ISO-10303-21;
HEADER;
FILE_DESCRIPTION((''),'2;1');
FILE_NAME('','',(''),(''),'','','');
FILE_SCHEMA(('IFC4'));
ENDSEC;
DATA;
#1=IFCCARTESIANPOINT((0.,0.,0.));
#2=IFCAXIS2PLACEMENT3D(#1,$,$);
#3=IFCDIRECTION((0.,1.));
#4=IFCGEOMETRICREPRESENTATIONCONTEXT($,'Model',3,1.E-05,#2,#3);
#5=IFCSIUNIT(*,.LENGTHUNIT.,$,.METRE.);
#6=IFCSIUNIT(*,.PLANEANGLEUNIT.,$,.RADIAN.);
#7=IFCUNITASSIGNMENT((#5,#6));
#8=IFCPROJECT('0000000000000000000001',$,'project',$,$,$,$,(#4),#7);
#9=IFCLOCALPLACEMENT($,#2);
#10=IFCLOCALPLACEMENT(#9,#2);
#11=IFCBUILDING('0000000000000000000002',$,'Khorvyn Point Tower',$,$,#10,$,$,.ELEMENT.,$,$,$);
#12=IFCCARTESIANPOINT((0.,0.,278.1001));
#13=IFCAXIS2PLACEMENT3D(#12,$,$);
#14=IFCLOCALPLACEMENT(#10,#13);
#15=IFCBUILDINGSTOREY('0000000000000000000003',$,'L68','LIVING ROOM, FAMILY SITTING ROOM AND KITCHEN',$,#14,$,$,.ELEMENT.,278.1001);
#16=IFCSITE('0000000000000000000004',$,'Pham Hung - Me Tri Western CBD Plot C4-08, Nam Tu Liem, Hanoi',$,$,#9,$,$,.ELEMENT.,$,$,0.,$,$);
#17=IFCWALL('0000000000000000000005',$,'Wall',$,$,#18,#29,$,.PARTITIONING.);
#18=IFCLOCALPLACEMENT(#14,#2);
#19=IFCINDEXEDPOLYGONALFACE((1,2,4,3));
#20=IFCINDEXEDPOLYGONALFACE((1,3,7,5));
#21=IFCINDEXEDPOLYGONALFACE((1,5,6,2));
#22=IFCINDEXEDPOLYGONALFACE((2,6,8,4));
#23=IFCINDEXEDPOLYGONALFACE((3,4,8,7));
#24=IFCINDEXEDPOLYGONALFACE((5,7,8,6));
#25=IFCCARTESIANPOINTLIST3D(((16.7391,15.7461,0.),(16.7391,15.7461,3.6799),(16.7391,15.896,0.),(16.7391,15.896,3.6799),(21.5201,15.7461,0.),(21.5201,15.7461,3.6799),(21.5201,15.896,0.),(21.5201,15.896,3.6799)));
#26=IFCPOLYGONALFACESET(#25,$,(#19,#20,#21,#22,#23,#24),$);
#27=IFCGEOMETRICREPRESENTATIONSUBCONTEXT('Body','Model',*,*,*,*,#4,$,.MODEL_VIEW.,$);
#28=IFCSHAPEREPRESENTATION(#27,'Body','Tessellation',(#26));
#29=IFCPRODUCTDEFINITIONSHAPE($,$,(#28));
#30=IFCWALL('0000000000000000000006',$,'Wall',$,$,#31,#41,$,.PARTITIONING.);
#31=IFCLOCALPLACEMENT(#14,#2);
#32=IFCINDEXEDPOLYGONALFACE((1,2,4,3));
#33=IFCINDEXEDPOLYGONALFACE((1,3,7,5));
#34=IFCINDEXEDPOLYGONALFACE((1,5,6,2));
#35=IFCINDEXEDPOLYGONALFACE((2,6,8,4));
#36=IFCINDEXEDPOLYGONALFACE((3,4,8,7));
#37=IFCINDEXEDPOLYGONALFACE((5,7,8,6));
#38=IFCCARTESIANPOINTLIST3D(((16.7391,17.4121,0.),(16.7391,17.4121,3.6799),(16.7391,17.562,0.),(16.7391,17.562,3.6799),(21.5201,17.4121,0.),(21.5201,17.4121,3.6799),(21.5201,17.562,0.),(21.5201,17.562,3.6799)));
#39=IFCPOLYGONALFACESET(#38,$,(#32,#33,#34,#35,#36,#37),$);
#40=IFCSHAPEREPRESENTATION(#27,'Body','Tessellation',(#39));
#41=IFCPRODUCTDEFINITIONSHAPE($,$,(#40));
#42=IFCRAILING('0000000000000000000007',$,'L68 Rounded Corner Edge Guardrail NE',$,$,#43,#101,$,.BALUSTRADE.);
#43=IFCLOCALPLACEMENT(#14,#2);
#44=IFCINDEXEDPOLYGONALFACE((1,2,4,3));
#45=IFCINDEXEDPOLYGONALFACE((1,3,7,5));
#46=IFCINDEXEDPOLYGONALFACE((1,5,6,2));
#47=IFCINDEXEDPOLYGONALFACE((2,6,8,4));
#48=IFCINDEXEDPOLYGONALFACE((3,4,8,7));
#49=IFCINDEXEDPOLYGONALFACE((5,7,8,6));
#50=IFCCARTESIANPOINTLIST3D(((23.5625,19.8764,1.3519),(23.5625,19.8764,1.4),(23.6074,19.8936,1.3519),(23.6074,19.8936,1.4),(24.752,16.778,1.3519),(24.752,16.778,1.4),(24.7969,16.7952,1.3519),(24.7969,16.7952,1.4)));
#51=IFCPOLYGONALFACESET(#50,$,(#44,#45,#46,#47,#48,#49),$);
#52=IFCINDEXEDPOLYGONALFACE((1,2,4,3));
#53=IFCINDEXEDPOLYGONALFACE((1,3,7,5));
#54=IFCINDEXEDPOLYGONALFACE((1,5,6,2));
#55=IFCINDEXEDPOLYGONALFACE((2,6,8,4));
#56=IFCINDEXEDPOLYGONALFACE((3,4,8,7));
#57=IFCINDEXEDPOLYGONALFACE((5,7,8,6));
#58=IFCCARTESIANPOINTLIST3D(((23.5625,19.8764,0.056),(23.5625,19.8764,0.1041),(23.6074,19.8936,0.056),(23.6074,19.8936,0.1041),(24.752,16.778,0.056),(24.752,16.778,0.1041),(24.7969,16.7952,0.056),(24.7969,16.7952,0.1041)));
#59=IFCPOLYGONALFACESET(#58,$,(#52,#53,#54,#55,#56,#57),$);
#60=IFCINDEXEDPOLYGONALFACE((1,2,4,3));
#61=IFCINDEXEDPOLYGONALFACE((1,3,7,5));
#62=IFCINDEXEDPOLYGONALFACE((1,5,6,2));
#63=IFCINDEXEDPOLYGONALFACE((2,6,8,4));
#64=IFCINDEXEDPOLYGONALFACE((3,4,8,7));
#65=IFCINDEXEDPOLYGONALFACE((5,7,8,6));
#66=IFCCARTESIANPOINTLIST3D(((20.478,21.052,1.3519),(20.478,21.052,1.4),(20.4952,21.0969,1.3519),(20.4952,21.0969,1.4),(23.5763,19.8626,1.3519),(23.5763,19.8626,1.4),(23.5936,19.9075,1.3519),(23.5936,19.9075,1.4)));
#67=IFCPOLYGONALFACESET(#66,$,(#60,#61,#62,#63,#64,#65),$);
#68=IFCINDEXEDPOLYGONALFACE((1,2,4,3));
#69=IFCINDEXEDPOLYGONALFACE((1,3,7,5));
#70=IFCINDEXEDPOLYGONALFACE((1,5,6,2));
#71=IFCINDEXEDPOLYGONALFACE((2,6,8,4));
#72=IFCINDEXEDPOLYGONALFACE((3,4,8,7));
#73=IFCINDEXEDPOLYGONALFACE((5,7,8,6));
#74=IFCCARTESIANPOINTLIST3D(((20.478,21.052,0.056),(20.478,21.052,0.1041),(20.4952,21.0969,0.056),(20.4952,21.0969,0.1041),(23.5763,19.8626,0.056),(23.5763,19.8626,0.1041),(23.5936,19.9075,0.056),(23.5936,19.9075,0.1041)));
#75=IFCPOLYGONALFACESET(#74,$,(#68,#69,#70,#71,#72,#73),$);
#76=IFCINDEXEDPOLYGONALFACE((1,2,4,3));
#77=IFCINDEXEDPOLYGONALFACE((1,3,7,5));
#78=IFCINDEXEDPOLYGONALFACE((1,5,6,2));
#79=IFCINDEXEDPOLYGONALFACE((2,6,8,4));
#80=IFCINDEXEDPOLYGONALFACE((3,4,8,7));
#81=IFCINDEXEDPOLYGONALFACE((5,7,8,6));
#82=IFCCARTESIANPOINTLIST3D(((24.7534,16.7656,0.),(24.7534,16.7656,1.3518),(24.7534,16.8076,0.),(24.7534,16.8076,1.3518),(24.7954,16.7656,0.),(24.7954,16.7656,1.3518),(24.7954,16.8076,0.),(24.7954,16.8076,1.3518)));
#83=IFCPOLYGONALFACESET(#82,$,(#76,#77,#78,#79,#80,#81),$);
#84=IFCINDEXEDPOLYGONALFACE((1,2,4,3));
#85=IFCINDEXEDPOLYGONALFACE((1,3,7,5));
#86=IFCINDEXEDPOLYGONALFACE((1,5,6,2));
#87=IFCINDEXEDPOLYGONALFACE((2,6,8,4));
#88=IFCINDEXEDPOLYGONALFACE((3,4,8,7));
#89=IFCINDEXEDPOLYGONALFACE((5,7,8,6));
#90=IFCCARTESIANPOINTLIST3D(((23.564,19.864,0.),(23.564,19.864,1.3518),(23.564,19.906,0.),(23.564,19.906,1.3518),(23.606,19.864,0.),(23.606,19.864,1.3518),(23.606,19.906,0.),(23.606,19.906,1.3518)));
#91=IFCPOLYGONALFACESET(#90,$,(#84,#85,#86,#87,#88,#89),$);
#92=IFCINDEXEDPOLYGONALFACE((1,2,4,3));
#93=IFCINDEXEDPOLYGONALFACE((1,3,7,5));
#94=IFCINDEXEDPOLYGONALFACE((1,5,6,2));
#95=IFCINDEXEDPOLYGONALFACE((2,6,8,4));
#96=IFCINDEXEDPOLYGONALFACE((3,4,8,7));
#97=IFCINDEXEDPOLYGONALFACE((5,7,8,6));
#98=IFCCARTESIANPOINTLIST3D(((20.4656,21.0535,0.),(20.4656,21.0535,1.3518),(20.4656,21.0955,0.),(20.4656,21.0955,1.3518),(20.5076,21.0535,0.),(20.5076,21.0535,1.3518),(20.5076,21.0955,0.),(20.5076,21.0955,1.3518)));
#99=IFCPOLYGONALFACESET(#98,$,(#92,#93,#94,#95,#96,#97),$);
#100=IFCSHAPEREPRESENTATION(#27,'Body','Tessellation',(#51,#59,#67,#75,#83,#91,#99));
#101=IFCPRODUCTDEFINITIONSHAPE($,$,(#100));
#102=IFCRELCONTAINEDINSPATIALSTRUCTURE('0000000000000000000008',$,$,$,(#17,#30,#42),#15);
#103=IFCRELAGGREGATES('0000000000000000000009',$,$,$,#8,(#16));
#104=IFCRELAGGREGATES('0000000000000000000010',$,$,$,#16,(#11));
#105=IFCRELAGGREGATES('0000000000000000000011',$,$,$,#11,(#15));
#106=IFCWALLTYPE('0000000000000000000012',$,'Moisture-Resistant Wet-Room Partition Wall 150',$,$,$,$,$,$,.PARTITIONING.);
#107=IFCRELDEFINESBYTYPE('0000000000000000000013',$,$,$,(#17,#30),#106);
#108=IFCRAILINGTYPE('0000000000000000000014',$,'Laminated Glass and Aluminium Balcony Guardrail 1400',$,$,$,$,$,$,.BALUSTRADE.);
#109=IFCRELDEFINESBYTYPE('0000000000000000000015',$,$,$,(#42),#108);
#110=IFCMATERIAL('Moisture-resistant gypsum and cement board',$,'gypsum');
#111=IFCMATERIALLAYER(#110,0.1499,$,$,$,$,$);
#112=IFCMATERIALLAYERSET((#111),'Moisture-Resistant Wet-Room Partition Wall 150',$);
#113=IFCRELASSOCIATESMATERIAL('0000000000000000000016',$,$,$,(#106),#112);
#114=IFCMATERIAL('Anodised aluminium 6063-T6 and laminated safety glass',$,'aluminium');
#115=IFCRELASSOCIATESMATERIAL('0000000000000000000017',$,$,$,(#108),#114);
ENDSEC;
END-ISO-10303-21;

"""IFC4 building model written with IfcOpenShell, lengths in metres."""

from ifc_helpers import new_model, si_unit, direction, frame, frame_2d, origin, origin_2d, place, context, subcontext, project, spatial, rectangle, extrude, material, layer, layer_set, type_object, element, save


model = new_model("IFC4")

# Units and contexts
model_context = context("Model", 3, precision=1e-05, world=origin(), true_north=direction((0.0, 1.0)))
body_context = subcontext(model_context, "Body", "Model", "MODEL_VIEW")
ifc_project = project(units=[si_unit("LENGTHUNIT", "METRE"), si_unit("PLANEANGLEUNIT", "RADIAN")], contexts=[model_context])

# Site, building, storey
site_placement = place(None, origin())
site = spatial("IfcSite", under=ifc_project, at=site_placement, Name="Pham Hung - Me Tri Western CBD Plot C4-08, Nam Tu Liem, Hanoi", CompositionType="ELEMENT", RefElevation=0.0)
building_placement = place(site_placement, origin())
building = spatial("IfcBuilding", under=site, at=building_placement, Name="Khorvyn Point Tower", CompositionType="ELEMENT")
storey_placement = place(building_placement, frame((0.0, 0.0, 278.1001)))
storey = spatial("IfcBuildingStorey", under=building, at=storey_placement, Name="L68", Description="LIVING ROOM, FAMILY SITTING ROOM AND KITCHEN", CompositionType="ELEMENT", Elevation=278.1001)

# Walls
ifc_material_1 = material(Name="Moisture-resistant gypsum and cement board", Category="gypsum")
ifc_layer_1 = layer(ifc_material_1, 0.1499)
ifc_layer_set_1 = layer_set([ifc_layer_1], Name="Moisture-Resistant Wet-Room Partition Wall 150")
wall_type_1 = type_object("IfcWallType", Name="Moisture-Resistant Wet-Room Partition Wall 150", PredefinedType="PARTITIONING", material=ifc_layer_set_1)
for number, where, z_axis, x_axis, name in (
    (1, (16.739, 15.821, 0.0), (0.0, 0.0, 1.0), (1.0, 0.0, 0.0), "Wall"),
    (2, (16.739, 17.4871, 0.0), (0.0, 0.0, 1.0), (1.0, 0.0, 0.0), "Wall"),
):
    element("IfcWall", number, at=place(storey_placement, frame(where, z_axis=z_axis, x_axis=x_axis)), inside=storey, type_object=wall_type_1, Name=name, PredefinedType="PARTITIONING", context=body_context, shape_type="SweptSolid", body=[
        extrude(rectangle(XDim=4.781, YDim=0.1499, at=frame_2d((2.3906, 0.0))), origin(), (0.0, 0.0, 1.0), 3.6799),
    ])

# Railing
ifc_material_2 = material(Name="Anodised aluminium 6063-T6 and laminated safety glass", Category="aluminium")
railing_type = type_object("IfcRailingType", Name="Laminated Glass and Aluminium Balcony Guardrail 1400", PredefinedType="BALUSTRADE", material=ifc_material_2)
railing_1_placement = place(storey_placement, frame((24.7744, 16.7866, 0.0)))
element("IfcRailing", 3, at=railing_1_placement, inside=storey, type_object=railing_type, Name="L68 Rounded Corner Edge Guardrail NE", PredefinedType="BALUSTRADE", context=body_context, shape_type="SweptSolid", body=[
    extrude(rectangle(XDim=0.0481, YDim=0.0481, at=origin_2d()), frame((0.0, 0.0, 1.376), z_axis=(-0.358392, 0.933571, 0.0), x_axis=(-0.933571, -0.358392, 0.0)), (0.0, 0.0, 1.0), 3.3188),
    extrude(rectangle(XDim=0.0481, YDim=0.0481, at=origin_2d()), frame((0.0, 0.0, 0.0801), z_axis=(-0.358392, 0.933571, 0.0), x_axis=(-0.933571, -0.358392, 0.0)), (0.0, 0.0, 1.0), 3.3188),
    extrude(rectangle(XDim=0.0481, YDim=0.0481, at=origin_2d()), frame((-1.1895, 3.0984, 1.376), z_axis=(-0.933571, 0.358392, 0.0), x_axis=(-0.358392, -0.933571, 0.0)), (0.0, 0.0, 1.0), 3.3188),
    extrude(rectangle(XDim=0.0481, YDim=0.0481, at=origin_2d()), frame((-1.1895, 3.0984, 0.0801), z_axis=(-0.933571, 0.358392, 0.0), x_axis=(-0.358392, -0.933571, 0.0)), (0.0, 0.0, 1.0), 3.3188),
    extrude(rectangle(XDim=0.042, YDim=0.042, at=origin_2d()), origin(), (0.0, 0.0, 1.0), 1.3518),
    extrude(rectangle(XDim=0.042, YDim=0.042, at=origin_2d()), frame((-1.1895, 3.0984, 0.0)), (0.0, 0.0, 1.0), 1.3518),
    extrude(rectangle(XDim=0.042, YDim=0.042, at=origin_2d()), frame((-4.2878, 4.2878, 0.0)), (0.0, 0.0, 1.0), 1.3518),
])

save(model, "model.ifc")
